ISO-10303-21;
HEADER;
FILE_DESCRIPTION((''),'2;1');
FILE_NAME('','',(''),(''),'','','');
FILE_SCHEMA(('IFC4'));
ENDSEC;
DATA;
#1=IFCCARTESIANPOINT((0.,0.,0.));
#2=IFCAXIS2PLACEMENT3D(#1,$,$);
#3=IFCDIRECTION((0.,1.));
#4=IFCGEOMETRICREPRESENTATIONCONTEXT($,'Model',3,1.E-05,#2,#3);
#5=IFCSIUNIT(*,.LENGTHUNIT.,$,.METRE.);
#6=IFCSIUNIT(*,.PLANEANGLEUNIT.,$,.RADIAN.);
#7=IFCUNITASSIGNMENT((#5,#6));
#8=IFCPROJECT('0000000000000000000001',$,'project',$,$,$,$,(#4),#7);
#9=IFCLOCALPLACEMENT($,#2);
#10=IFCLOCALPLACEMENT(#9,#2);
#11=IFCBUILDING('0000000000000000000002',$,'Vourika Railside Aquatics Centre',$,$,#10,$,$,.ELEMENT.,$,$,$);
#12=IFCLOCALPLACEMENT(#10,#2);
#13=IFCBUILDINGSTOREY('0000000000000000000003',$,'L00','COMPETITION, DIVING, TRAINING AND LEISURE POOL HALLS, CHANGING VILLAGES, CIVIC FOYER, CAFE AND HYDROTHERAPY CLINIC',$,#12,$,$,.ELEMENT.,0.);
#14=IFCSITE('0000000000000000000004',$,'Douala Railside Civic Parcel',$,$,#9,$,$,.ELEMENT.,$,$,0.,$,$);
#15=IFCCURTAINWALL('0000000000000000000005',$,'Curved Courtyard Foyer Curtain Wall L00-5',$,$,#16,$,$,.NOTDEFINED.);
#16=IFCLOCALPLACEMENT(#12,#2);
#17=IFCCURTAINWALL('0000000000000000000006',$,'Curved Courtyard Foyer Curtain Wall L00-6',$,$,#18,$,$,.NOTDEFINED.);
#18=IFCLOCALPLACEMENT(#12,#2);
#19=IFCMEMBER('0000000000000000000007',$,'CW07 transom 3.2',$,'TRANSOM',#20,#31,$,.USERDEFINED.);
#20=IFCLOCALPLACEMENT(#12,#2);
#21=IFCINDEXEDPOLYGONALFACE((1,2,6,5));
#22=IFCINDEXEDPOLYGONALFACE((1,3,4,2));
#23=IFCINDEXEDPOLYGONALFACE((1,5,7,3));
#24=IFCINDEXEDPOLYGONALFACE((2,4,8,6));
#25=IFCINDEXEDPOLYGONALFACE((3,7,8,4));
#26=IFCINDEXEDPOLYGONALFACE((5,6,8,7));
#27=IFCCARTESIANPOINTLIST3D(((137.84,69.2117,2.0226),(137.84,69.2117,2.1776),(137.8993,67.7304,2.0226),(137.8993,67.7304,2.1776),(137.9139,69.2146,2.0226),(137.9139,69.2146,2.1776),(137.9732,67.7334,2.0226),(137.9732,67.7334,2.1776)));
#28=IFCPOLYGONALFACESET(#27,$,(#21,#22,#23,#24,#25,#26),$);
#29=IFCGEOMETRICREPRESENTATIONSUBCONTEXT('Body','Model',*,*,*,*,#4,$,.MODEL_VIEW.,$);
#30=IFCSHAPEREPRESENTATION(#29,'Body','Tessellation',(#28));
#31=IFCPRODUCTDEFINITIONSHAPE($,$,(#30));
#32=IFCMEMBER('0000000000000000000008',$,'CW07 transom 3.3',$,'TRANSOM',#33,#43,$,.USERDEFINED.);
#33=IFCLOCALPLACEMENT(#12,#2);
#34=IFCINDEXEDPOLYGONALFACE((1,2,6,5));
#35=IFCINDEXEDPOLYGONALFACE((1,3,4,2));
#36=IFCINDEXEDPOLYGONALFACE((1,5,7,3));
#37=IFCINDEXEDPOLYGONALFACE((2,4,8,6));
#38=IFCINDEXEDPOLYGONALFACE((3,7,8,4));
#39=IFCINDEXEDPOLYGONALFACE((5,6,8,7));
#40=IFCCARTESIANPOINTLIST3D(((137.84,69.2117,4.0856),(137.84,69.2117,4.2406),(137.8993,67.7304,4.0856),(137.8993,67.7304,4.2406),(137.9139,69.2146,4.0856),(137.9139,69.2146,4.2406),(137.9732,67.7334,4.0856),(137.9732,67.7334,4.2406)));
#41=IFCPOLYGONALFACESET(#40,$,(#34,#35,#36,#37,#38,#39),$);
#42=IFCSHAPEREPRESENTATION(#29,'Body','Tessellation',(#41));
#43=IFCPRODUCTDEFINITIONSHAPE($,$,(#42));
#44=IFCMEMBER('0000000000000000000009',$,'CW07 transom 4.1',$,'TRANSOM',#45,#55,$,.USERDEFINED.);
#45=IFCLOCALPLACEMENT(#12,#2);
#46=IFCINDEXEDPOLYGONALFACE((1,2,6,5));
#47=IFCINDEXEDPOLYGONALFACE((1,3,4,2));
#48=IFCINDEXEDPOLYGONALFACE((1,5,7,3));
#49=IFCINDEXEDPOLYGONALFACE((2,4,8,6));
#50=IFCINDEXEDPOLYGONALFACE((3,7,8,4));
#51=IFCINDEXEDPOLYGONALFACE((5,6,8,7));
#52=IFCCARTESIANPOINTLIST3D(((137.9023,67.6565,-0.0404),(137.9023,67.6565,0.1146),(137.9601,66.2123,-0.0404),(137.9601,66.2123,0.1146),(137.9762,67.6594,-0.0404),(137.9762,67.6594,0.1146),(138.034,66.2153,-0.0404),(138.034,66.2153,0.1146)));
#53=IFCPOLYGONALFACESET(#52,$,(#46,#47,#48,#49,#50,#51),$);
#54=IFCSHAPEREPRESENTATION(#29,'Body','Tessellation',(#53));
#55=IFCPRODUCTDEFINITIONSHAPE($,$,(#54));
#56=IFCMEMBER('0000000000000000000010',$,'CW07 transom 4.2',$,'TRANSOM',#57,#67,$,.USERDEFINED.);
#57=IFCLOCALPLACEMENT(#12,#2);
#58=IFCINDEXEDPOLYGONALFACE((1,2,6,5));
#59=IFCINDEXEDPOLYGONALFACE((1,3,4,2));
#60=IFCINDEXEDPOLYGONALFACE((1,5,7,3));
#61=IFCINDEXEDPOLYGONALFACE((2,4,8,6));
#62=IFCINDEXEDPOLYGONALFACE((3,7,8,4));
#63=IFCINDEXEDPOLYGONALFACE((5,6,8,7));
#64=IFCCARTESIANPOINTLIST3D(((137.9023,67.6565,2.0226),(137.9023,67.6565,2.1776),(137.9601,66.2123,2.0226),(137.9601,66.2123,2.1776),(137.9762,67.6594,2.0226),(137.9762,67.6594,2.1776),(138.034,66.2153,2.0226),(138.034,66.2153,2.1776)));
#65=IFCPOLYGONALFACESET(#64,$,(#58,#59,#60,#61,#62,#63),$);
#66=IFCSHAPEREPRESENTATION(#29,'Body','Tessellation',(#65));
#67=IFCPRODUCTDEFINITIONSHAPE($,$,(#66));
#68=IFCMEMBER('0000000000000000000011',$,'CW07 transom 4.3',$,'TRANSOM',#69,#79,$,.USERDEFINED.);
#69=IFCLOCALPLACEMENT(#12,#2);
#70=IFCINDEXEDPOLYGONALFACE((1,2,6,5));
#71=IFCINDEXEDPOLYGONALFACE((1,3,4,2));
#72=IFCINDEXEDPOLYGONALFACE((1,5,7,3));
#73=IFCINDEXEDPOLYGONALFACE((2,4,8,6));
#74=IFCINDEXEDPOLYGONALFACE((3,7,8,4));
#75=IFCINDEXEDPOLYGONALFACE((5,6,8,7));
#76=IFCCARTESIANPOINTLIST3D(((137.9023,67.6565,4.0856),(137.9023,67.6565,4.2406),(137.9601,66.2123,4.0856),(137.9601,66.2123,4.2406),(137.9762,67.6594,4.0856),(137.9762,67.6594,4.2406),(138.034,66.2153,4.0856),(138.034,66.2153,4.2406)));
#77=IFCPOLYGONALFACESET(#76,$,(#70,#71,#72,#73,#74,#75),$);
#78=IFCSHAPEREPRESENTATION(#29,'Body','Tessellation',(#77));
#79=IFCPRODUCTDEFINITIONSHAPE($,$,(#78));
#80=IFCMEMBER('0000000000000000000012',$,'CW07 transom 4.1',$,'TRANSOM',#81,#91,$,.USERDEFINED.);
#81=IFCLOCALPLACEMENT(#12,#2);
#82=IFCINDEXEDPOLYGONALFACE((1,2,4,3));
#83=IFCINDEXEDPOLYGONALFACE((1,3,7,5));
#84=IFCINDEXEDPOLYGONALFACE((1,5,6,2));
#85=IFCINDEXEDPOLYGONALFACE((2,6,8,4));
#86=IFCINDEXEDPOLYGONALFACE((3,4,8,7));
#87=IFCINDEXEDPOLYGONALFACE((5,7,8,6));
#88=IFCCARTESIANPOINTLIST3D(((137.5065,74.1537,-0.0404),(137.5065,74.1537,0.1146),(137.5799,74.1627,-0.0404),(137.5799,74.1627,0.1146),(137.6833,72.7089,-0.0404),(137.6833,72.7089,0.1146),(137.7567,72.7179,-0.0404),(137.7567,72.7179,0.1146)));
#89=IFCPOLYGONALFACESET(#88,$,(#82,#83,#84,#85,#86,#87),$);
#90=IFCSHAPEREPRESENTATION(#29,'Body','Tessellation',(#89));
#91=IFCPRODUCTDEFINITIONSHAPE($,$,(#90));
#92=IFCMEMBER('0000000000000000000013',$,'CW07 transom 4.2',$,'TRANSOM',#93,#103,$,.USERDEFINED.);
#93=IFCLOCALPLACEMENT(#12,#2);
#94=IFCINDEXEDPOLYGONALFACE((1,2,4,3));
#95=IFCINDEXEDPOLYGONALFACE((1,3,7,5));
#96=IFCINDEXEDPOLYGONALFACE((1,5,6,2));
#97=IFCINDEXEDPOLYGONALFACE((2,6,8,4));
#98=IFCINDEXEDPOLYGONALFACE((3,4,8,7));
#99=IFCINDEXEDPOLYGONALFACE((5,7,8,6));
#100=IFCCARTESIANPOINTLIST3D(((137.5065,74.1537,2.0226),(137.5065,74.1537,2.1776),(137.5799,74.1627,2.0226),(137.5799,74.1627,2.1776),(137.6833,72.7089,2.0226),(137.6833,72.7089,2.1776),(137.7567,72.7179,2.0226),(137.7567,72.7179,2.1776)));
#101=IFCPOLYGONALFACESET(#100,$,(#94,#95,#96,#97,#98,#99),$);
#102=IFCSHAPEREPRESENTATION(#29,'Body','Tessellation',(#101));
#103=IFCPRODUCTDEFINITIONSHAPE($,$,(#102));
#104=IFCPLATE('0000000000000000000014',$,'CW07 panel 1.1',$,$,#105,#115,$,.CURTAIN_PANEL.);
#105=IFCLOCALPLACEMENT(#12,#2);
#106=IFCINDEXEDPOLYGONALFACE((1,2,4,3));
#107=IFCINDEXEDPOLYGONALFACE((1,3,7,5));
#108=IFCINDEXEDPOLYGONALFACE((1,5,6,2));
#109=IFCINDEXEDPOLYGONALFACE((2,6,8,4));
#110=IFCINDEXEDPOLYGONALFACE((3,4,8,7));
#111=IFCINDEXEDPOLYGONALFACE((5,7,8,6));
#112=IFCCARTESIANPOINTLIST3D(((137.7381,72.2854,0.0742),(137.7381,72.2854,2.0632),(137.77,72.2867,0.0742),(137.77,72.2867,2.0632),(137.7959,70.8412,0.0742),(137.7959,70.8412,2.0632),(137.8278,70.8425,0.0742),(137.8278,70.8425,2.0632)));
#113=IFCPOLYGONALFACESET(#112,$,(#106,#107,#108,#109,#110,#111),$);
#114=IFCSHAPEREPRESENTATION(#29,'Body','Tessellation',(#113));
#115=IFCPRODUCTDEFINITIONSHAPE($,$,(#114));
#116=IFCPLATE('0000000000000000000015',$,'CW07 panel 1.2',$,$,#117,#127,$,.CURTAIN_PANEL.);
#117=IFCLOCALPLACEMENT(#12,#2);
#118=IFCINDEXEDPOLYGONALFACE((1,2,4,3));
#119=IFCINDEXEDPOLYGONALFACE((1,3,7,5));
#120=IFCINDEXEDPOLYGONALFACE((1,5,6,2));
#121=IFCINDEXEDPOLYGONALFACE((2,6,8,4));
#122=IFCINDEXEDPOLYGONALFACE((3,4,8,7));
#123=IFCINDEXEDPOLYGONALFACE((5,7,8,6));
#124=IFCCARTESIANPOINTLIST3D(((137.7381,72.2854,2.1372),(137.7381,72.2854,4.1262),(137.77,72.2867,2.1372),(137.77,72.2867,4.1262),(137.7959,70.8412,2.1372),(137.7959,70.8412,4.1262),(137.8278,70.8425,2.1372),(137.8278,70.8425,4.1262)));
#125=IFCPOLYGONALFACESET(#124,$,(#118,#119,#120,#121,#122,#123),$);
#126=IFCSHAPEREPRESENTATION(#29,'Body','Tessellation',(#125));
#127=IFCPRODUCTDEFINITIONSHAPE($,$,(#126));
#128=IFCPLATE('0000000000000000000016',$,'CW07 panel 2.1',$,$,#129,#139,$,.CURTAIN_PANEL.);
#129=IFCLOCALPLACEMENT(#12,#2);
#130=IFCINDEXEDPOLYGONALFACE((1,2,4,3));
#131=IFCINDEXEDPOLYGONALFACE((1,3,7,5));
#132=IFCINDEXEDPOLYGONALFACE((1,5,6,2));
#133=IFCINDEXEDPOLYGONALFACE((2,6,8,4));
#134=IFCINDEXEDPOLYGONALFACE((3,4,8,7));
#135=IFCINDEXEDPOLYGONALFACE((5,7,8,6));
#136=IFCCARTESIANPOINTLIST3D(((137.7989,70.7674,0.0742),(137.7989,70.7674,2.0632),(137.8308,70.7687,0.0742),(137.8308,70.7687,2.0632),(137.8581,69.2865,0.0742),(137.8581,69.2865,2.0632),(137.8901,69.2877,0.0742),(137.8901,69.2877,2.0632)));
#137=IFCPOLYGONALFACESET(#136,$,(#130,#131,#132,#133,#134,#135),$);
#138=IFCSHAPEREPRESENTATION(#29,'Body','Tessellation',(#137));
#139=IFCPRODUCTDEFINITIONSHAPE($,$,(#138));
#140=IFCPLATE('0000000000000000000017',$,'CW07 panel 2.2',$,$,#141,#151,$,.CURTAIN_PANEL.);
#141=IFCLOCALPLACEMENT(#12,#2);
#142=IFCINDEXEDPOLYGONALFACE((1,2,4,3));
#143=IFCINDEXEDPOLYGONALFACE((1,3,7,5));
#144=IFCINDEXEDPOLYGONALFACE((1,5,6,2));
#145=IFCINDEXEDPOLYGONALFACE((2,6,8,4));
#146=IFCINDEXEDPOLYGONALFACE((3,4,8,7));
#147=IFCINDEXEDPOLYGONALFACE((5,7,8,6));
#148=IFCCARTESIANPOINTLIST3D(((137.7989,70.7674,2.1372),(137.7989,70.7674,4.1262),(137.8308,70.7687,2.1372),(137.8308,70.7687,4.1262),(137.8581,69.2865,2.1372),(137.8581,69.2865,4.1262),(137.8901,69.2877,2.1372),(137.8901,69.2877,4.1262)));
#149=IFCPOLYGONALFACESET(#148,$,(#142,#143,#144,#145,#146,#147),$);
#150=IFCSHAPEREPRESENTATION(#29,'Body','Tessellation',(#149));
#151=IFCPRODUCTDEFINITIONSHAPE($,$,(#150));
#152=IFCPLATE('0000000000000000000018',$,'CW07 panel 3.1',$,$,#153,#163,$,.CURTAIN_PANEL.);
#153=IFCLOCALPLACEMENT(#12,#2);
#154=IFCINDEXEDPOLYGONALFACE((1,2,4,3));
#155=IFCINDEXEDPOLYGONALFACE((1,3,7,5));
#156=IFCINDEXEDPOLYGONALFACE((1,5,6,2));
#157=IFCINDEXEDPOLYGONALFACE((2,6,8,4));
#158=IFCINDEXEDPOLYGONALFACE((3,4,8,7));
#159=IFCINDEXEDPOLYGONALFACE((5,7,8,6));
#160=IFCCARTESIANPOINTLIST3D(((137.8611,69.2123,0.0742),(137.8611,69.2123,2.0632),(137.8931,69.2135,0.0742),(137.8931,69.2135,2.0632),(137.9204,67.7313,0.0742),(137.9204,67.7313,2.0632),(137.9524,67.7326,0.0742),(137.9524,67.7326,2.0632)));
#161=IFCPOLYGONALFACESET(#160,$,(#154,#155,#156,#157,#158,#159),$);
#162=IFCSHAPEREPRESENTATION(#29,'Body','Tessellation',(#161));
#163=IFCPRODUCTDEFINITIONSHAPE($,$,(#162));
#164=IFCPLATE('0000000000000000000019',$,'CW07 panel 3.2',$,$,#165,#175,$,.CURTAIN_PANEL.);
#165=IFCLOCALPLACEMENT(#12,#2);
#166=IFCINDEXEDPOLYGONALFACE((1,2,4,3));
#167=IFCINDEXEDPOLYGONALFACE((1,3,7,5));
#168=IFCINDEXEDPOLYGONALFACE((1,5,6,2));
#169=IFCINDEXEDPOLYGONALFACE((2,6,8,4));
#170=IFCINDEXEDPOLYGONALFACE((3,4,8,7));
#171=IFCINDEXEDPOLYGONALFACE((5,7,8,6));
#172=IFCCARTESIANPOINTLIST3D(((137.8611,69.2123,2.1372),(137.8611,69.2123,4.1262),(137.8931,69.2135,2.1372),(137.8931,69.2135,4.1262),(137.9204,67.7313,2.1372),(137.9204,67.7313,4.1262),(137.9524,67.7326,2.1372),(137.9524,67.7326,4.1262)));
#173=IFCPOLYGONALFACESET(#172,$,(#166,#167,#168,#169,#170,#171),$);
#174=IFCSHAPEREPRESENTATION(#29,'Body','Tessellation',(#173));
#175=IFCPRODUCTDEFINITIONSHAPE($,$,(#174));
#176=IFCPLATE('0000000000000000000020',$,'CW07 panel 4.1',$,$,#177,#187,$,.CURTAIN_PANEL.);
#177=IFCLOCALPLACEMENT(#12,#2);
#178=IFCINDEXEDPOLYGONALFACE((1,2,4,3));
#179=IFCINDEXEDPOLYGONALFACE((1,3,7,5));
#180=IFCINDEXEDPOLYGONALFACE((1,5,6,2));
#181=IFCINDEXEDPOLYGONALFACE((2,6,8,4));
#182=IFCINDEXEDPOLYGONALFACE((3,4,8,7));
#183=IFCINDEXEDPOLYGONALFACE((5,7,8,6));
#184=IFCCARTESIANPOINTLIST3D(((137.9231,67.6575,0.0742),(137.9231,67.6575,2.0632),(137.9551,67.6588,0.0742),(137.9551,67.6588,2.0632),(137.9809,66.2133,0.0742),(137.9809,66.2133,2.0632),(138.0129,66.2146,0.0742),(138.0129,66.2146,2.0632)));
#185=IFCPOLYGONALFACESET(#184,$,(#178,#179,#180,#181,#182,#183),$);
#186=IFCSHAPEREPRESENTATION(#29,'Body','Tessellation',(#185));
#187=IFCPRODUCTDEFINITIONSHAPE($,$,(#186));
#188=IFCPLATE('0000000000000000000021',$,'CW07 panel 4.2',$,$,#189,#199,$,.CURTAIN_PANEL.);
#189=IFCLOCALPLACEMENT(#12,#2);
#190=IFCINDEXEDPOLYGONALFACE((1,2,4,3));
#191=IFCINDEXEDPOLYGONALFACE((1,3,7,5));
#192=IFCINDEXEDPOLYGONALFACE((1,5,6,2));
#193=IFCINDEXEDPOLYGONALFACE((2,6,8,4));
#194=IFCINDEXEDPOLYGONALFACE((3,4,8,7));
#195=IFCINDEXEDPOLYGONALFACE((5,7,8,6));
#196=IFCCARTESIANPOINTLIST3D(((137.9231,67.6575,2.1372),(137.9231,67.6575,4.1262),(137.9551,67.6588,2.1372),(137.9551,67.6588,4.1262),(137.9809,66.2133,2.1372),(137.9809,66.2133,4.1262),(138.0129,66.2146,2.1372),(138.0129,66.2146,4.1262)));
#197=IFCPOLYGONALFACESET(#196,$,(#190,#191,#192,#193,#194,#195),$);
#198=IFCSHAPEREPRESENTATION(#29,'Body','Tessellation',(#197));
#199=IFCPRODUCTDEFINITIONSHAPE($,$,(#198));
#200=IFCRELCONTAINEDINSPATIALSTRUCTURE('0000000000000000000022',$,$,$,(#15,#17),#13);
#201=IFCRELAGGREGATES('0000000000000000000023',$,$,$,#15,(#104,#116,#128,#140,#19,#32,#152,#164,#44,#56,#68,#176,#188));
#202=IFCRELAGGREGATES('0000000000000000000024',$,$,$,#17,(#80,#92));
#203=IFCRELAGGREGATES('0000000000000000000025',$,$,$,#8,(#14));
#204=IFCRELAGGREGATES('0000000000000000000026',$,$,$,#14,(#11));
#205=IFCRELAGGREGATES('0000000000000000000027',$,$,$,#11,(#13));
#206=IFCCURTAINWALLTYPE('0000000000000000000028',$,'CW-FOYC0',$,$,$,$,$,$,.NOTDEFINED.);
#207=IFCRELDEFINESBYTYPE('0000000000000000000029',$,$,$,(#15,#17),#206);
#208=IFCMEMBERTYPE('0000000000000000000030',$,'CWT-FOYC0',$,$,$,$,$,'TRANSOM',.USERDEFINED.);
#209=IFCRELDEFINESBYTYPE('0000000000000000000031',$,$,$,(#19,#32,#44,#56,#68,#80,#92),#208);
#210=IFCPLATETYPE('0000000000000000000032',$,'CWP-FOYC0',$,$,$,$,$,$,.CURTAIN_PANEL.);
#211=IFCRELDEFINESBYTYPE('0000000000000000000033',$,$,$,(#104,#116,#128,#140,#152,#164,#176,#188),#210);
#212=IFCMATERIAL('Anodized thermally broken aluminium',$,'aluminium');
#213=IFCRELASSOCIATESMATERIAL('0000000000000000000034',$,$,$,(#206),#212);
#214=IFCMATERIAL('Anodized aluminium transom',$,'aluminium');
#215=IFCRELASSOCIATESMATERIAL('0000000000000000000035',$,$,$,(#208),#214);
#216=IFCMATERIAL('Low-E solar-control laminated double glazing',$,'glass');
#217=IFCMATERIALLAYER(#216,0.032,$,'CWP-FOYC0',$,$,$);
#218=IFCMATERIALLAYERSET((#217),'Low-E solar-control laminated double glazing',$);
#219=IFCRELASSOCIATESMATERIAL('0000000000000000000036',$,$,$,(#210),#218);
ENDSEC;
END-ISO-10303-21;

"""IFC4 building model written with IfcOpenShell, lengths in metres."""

from ifc_helpers import new_model, si_unit, direction, frame, origin, origin_2d, place, context, subcontext, project, spatial, rectangle, extrude, material, layer, layer_set, material_profile, profile_set, type_object, element, aggregate, save


model = new_model("IFC4")

# Units and contexts
model_context = context("Model", 3, precision=1e-05, world=origin(), true_north=direction((0.0, 1.0)))
body_context = subcontext(model_context, "Body", "Model", "MODEL_VIEW")
ifc_project = project(units=[si_unit("LENGTHUNIT", "METRE"), si_unit("PLANEANGLEUNIT", "RADIAN")], contexts=[model_context])

# Site, building, storey
site_placement = place(None, origin())
site = spatial("IfcSite", under=ifc_project, at=site_placement, Name="Douala Railside Civic Parcel", CompositionType="ELEMENT", RefElevation=0.0)
building_placement = place(site_placement, origin())
building = spatial("IfcBuilding", under=site, at=building_placement, Name="Vourika Railside Aquatics Centre", CompositionType="ELEMENT")
storey_placement = place(building_placement, origin())
storey = spatial("IfcBuildingStorey", under=building, at=storey_placement, Name="L00", Description="COMPETITION, DIVING, TRAINING AND LEISURE POOL HALLS, CHANGING VILLAGES, CIVIC FOYER, CAFE AND HYDROTHERAPY CLINIC", CompositionType="ELEMENT", Elevation=0.0)

# Curtain wall
ifc_material_1 = material(Name="Anodized thermally broken aluminium", Category="aluminium")
curtain_wall_type = type_object("IfcCurtainWallType", Name="CW-FOYC0", PredefinedType="NOTDEFINED", material=ifc_material_1)
curtain_wall_1_placement = place(storey_placement, origin())
curtain_wall_1 = element("IfcCurtainWall", 1, at=curtain_wall_1_placement, inside=storey, type_object=curtain_wall_type, Name="Curved Courtyard Foyer Curtain Wall L00-5", PredefinedType="NOTDEFINED")

# Curtain wall
curtain_wall_2_placement = place(storey_placement, origin())
curtain_wall_2 = element("IfcCurtainWall", 2, at=curtain_wall_2_placement, inside=storey, type_object=curtain_wall_type, Name="Curved Courtyard Foyer Curtain Wall L00-6", PredefinedType="NOTDEFINED")

# Members
ifc_material_2 = material(Name="Anodized aluminium transom", Category="aluminium")
ifc_material_profile_1 = material_profile(ifc_material_2, rectangle(XDim=0.074, YDim=0.155, at=origin_2d()), Name="ALU-T 74x155")
ifc_profile_set_1 = profile_set([ifc_material_profile_1], Name="Anodized aluminium transom")
member_type_1 = type_object("IfcMemberType", Name="CWT-FOYC0", ElementType="TRANSOM", PredefinedType="USERDEFINED", material=ifc_profile_set_1)
member_1_placement = place(storey_placement, frame((137.877, 69.2131, 2.1001), z_axis=(0.040021, -0.999199, 0.0), x_axis=(0.999199, 0.040021, 0.0)))
member_1 = element("IfcMember", 3, at=member_1_placement, type_object=member_type_1, Name="CW07 transom 3.2", ObjectType="TRANSOM", PredefinedType="USERDEFINED", context=body_context, shape_type="SweptSolid", body=[
    extrude(rectangle(XDim=0.074, YDim=0.155, at=origin_2d()), origin(), (0.0, 0.0, 1.0), 1.4824),
])
member_2_placement = place(storey_placement, frame((137.877, 69.2131, 4.1631), z_axis=(0.040021, -0.999199, 0.0), x_axis=(0.999199, 0.040021, 0.0)))
member_2 = element("IfcMember", 4, at=member_2_placement, type_object=member_type_1, Name="CW07 transom 3.3", ObjectType="TRANSOM", PredefinedType="USERDEFINED", context=body_context, shape_type="SweptSolid", body=[
    extrude(rectangle(XDim=0.074, YDim=0.155, at=origin_2d()), origin(), (0.0, 0.0, 1.0), 1.4824),
])
member_3_placement = place(storey_placement, frame((137.9392, 67.658, 0.0371), z_axis=(0.040036, -0.999198, 0.0), x_axis=(0.999198, 0.040036, 0.0)))
member_3 = element("IfcMember", 5, at=member_3_placement, type_object=member_type_1, Name="CW07 transom 4.1", ObjectType="TRANSOM", PredefinedType="USERDEFINED", context=body_context, shape_type="SweptSolid", body=[
    extrude(rectangle(XDim=0.074, YDim=0.155, at=origin_2d()), origin(), (0.0, 0.0, 1.0), 1.4453),
])
member_4_placement = place(storey_placement, frame((137.9392, 67.658, 2.1001), z_axis=(0.040036, -0.999198, 0.0), x_axis=(0.999198, 0.040036, 0.0)))
member_4 = element("IfcMember", 6, at=member_4_placement, type_object=member_type_1, Name="CW07 transom 4.2", ObjectType="TRANSOM", PredefinedType="USERDEFINED", context=body_context, shape_type="SweptSolid", body=[
    extrude(rectangle(XDim=0.074, YDim=0.155, at=origin_2d()), origin(), (0.0, 0.0, 1.0), 1.4453),
])
member_5_placement = place(storey_placement, frame((137.9392, 67.658, 4.1631), z_axis=(0.040036, -0.999198, 0.0), x_axis=(0.999198, 0.040036, 0.0)))
member_5 = element("IfcMember", 7, at=member_5_placement, type_object=member_type_1, Name="CW07 transom 4.3", ObjectType="TRANSOM", PredefinedType="USERDEFINED", context=body_context, shape_type="SweptSolid", body=[
    extrude(rectangle(XDim=0.074, YDim=0.155, at=origin_2d()), origin(), (0.0, 0.0, 1.0), 1.4453),
])
member_6_placement = place(storey_placement, frame((137.5432, 74.1582, 0.0371), z_axis=(0.121433, -0.9926, 0.0), x_axis=(0.9926, 0.121433, 0.0)))
member_6 = element("IfcMember", 8, at=member_6_placement, type_object=member_type_1, Name="CW07 transom 4.1", ObjectType="TRANSOM", PredefinedType="USERDEFINED", context=body_context, shape_type="SweptSolid", body=[
    extrude(rectangle(XDim=0.074, YDim=0.155, at=origin_2d()), origin(), (0.0, 0.0, 1.0), 1.4556),
])
member_7_placement = place(storey_placement, frame((137.5432, 74.1582, 2.1001), z_axis=(0.121433, -0.9926, 0.0), x_axis=(0.9926, 0.121433, 0.0)))
member_7 = element("IfcMember", 9, at=member_7_placement, type_object=member_type_1, Name="CW07 transom 4.2", ObjectType="TRANSOM", PredefinedType="USERDEFINED", context=body_context, shape_type="SweptSolid", body=[
    extrude(rectangle(XDim=0.074, YDim=0.155, at=origin_2d()), origin(), (0.0, 0.0, 1.0), 1.4556),
])

# Plates
ifc_material_3 = material(Name="Low-E solar-control laminated double glazing", Category="glass")
ifc_layer_1 = layer(ifc_material_3, 0.032, Name="CWP-FOYC0")
ifc_layer_set_1 = layer_set([ifc_layer_1], Name="Low-E solar-control laminated double glazing")
plate_type = type_object("IfcPlateType", Name="CWP-FOYC0", PredefinedType="CURTAIN_PANEL", material=ifc_layer_set_1)
plate_1_placement = place(storey_placement, frame((137.783, 71.564, 0.0742), z_axis=(0.0, 0.0, 1.0), x_axis=(0.04, -0.9992, 0.0)))
plate_1 = element("IfcPlate", 10, at=plate_1_placement, type_object=plate_type, Name="CW07 panel 1.1", PredefinedType="CURTAIN_PANEL", context=body_context, shape_type="SweptSolid", body=[
    extrude(rectangle(XDim=1.4453, YDim=0.032, at=origin_2d()), origin(), (0.0, 0.0, 1.0), 1.989),
])
plate_2_placement = place(storey_placement, frame((137.783, 71.564, 2.1372), z_axis=(0.0, 0.0, 1.0), x_axis=(0.04, -0.9992, 0.0)))
plate_2 = element("IfcPlate", 11, at=plate_2_placement, type_object=plate_type, Name="CW07 panel 1.2", PredefinedType="CURTAIN_PANEL", context=body_context, shape_type="SweptSolid", body=[
    extrude(rectangle(XDim=1.4453, YDim=0.032, at=origin_2d()), origin(), (0.0, 0.0, 1.0), 1.989),
])
plate_3_placement = place(storey_placement, frame((137.8445, 70.0276, 0.0742), z_axis=(0.0, 0.0, 1.0), x_axis=(0.04, -0.9992, 0.0)))
plate_3 = element("IfcPlate", 12, at=plate_3_placement, type_object=plate_type, Name="CW07 panel 2.1", PredefinedType="CURTAIN_PANEL", context=body_context, shape_type="SweptSolid", body=[
    extrude(rectangle(XDim=1.4822, YDim=0.032, at=origin_2d()), origin(), (0.0, 0.0, 1.0), 1.989),
])
plate_4_placement = place(storey_placement, frame((137.8445, 70.0276, 2.1372), z_axis=(0.0, 0.0, 1.0), x_axis=(0.04, -0.9992, 0.0)))
plate_4 = element("IfcPlate", 13, at=plate_4_placement, type_object=plate_type, Name="CW07 panel 2.2", PredefinedType="CURTAIN_PANEL", context=body_context, shape_type="SweptSolid", body=[
    extrude(rectangle(XDim=1.4822, YDim=0.032, at=origin_2d()), origin(), (0.0, 0.0, 1.0), 1.989),
])
plate_5_placement = place(storey_placement, frame((137.9067, 68.4724, 0.0742), z_axis=(0.0, 0.0, 1.0), x_axis=(0.04, -0.9992, 0.0)))
plate_5 = element("IfcPlate", 14, at=plate_5_placement, type_object=plate_type, Name="CW07 panel 3.1", PredefinedType="CURTAIN_PANEL", context=body_context, shape_type="SweptSolid", body=[
    extrude(rectangle(XDim=1.4822, YDim=0.032, at=origin_2d()), origin(), (0.0, 0.0, 1.0), 1.989),
])
plate_6_placement = place(storey_placement, frame((137.9067, 68.4724, 2.1372), z_axis=(0.0, 0.0, 1.0), x_axis=(0.04, -0.9992, 0.0)))
plate_6 = element("IfcPlate", 15, at=plate_6_placement, type_object=plate_type, Name="CW07 panel 3.2", PredefinedType="CURTAIN_PANEL", context=body_context, shape_type="SweptSolid", body=[
    extrude(rectangle(XDim=1.4822, YDim=0.032, at=origin_2d()), origin(), (0.0, 0.0, 1.0), 1.989),
])
plate_7_placement = place(storey_placement, frame((137.968, 66.936, 0.0742), z_axis=(0.0, 0.0, 1.0), x_axis=(0.04, -0.9992, 0.0)))
plate_7 = element("IfcPlate", 16, at=plate_7_placement, type_object=plate_type, Name="CW07 panel 4.1", PredefinedType="CURTAIN_PANEL", context=body_context, shape_type="SweptSolid", body=[
    extrude(rectangle(XDim=1.4453, YDim=0.032, at=origin_2d()), origin(), (0.0, 0.0, 1.0), 1.989),
])
plate_8_placement = place(storey_placement, frame((137.968, 66.936, 2.1372), z_axis=(0.0, 0.0, 1.0), x_axis=(0.04, -0.9992, 0.0)))
plate_8 = element("IfcPlate", 17, at=plate_8_placement, type_object=plate_type, Name="CW07 panel 4.2", PredefinedType="CURTAIN_PANEL", context=body_context, shape_type="SweptSolid", body=[
    extrude(rectangle(XDim=1.4453, YDim=0.032, at=origin_2d()), origin(), (0.0, 0.0, 1.0), 1.989),
])
aggregate(curtain_wall_1, [plate_1, plate_2, plate_3, plate_4, member_1, member_2, plate_5, plate_6, member_3, member_4, member_5, plate_7, plate_8])
aggregate(curtain_wall_2, [member_6, member_7])

save(model, "model.ifc")
